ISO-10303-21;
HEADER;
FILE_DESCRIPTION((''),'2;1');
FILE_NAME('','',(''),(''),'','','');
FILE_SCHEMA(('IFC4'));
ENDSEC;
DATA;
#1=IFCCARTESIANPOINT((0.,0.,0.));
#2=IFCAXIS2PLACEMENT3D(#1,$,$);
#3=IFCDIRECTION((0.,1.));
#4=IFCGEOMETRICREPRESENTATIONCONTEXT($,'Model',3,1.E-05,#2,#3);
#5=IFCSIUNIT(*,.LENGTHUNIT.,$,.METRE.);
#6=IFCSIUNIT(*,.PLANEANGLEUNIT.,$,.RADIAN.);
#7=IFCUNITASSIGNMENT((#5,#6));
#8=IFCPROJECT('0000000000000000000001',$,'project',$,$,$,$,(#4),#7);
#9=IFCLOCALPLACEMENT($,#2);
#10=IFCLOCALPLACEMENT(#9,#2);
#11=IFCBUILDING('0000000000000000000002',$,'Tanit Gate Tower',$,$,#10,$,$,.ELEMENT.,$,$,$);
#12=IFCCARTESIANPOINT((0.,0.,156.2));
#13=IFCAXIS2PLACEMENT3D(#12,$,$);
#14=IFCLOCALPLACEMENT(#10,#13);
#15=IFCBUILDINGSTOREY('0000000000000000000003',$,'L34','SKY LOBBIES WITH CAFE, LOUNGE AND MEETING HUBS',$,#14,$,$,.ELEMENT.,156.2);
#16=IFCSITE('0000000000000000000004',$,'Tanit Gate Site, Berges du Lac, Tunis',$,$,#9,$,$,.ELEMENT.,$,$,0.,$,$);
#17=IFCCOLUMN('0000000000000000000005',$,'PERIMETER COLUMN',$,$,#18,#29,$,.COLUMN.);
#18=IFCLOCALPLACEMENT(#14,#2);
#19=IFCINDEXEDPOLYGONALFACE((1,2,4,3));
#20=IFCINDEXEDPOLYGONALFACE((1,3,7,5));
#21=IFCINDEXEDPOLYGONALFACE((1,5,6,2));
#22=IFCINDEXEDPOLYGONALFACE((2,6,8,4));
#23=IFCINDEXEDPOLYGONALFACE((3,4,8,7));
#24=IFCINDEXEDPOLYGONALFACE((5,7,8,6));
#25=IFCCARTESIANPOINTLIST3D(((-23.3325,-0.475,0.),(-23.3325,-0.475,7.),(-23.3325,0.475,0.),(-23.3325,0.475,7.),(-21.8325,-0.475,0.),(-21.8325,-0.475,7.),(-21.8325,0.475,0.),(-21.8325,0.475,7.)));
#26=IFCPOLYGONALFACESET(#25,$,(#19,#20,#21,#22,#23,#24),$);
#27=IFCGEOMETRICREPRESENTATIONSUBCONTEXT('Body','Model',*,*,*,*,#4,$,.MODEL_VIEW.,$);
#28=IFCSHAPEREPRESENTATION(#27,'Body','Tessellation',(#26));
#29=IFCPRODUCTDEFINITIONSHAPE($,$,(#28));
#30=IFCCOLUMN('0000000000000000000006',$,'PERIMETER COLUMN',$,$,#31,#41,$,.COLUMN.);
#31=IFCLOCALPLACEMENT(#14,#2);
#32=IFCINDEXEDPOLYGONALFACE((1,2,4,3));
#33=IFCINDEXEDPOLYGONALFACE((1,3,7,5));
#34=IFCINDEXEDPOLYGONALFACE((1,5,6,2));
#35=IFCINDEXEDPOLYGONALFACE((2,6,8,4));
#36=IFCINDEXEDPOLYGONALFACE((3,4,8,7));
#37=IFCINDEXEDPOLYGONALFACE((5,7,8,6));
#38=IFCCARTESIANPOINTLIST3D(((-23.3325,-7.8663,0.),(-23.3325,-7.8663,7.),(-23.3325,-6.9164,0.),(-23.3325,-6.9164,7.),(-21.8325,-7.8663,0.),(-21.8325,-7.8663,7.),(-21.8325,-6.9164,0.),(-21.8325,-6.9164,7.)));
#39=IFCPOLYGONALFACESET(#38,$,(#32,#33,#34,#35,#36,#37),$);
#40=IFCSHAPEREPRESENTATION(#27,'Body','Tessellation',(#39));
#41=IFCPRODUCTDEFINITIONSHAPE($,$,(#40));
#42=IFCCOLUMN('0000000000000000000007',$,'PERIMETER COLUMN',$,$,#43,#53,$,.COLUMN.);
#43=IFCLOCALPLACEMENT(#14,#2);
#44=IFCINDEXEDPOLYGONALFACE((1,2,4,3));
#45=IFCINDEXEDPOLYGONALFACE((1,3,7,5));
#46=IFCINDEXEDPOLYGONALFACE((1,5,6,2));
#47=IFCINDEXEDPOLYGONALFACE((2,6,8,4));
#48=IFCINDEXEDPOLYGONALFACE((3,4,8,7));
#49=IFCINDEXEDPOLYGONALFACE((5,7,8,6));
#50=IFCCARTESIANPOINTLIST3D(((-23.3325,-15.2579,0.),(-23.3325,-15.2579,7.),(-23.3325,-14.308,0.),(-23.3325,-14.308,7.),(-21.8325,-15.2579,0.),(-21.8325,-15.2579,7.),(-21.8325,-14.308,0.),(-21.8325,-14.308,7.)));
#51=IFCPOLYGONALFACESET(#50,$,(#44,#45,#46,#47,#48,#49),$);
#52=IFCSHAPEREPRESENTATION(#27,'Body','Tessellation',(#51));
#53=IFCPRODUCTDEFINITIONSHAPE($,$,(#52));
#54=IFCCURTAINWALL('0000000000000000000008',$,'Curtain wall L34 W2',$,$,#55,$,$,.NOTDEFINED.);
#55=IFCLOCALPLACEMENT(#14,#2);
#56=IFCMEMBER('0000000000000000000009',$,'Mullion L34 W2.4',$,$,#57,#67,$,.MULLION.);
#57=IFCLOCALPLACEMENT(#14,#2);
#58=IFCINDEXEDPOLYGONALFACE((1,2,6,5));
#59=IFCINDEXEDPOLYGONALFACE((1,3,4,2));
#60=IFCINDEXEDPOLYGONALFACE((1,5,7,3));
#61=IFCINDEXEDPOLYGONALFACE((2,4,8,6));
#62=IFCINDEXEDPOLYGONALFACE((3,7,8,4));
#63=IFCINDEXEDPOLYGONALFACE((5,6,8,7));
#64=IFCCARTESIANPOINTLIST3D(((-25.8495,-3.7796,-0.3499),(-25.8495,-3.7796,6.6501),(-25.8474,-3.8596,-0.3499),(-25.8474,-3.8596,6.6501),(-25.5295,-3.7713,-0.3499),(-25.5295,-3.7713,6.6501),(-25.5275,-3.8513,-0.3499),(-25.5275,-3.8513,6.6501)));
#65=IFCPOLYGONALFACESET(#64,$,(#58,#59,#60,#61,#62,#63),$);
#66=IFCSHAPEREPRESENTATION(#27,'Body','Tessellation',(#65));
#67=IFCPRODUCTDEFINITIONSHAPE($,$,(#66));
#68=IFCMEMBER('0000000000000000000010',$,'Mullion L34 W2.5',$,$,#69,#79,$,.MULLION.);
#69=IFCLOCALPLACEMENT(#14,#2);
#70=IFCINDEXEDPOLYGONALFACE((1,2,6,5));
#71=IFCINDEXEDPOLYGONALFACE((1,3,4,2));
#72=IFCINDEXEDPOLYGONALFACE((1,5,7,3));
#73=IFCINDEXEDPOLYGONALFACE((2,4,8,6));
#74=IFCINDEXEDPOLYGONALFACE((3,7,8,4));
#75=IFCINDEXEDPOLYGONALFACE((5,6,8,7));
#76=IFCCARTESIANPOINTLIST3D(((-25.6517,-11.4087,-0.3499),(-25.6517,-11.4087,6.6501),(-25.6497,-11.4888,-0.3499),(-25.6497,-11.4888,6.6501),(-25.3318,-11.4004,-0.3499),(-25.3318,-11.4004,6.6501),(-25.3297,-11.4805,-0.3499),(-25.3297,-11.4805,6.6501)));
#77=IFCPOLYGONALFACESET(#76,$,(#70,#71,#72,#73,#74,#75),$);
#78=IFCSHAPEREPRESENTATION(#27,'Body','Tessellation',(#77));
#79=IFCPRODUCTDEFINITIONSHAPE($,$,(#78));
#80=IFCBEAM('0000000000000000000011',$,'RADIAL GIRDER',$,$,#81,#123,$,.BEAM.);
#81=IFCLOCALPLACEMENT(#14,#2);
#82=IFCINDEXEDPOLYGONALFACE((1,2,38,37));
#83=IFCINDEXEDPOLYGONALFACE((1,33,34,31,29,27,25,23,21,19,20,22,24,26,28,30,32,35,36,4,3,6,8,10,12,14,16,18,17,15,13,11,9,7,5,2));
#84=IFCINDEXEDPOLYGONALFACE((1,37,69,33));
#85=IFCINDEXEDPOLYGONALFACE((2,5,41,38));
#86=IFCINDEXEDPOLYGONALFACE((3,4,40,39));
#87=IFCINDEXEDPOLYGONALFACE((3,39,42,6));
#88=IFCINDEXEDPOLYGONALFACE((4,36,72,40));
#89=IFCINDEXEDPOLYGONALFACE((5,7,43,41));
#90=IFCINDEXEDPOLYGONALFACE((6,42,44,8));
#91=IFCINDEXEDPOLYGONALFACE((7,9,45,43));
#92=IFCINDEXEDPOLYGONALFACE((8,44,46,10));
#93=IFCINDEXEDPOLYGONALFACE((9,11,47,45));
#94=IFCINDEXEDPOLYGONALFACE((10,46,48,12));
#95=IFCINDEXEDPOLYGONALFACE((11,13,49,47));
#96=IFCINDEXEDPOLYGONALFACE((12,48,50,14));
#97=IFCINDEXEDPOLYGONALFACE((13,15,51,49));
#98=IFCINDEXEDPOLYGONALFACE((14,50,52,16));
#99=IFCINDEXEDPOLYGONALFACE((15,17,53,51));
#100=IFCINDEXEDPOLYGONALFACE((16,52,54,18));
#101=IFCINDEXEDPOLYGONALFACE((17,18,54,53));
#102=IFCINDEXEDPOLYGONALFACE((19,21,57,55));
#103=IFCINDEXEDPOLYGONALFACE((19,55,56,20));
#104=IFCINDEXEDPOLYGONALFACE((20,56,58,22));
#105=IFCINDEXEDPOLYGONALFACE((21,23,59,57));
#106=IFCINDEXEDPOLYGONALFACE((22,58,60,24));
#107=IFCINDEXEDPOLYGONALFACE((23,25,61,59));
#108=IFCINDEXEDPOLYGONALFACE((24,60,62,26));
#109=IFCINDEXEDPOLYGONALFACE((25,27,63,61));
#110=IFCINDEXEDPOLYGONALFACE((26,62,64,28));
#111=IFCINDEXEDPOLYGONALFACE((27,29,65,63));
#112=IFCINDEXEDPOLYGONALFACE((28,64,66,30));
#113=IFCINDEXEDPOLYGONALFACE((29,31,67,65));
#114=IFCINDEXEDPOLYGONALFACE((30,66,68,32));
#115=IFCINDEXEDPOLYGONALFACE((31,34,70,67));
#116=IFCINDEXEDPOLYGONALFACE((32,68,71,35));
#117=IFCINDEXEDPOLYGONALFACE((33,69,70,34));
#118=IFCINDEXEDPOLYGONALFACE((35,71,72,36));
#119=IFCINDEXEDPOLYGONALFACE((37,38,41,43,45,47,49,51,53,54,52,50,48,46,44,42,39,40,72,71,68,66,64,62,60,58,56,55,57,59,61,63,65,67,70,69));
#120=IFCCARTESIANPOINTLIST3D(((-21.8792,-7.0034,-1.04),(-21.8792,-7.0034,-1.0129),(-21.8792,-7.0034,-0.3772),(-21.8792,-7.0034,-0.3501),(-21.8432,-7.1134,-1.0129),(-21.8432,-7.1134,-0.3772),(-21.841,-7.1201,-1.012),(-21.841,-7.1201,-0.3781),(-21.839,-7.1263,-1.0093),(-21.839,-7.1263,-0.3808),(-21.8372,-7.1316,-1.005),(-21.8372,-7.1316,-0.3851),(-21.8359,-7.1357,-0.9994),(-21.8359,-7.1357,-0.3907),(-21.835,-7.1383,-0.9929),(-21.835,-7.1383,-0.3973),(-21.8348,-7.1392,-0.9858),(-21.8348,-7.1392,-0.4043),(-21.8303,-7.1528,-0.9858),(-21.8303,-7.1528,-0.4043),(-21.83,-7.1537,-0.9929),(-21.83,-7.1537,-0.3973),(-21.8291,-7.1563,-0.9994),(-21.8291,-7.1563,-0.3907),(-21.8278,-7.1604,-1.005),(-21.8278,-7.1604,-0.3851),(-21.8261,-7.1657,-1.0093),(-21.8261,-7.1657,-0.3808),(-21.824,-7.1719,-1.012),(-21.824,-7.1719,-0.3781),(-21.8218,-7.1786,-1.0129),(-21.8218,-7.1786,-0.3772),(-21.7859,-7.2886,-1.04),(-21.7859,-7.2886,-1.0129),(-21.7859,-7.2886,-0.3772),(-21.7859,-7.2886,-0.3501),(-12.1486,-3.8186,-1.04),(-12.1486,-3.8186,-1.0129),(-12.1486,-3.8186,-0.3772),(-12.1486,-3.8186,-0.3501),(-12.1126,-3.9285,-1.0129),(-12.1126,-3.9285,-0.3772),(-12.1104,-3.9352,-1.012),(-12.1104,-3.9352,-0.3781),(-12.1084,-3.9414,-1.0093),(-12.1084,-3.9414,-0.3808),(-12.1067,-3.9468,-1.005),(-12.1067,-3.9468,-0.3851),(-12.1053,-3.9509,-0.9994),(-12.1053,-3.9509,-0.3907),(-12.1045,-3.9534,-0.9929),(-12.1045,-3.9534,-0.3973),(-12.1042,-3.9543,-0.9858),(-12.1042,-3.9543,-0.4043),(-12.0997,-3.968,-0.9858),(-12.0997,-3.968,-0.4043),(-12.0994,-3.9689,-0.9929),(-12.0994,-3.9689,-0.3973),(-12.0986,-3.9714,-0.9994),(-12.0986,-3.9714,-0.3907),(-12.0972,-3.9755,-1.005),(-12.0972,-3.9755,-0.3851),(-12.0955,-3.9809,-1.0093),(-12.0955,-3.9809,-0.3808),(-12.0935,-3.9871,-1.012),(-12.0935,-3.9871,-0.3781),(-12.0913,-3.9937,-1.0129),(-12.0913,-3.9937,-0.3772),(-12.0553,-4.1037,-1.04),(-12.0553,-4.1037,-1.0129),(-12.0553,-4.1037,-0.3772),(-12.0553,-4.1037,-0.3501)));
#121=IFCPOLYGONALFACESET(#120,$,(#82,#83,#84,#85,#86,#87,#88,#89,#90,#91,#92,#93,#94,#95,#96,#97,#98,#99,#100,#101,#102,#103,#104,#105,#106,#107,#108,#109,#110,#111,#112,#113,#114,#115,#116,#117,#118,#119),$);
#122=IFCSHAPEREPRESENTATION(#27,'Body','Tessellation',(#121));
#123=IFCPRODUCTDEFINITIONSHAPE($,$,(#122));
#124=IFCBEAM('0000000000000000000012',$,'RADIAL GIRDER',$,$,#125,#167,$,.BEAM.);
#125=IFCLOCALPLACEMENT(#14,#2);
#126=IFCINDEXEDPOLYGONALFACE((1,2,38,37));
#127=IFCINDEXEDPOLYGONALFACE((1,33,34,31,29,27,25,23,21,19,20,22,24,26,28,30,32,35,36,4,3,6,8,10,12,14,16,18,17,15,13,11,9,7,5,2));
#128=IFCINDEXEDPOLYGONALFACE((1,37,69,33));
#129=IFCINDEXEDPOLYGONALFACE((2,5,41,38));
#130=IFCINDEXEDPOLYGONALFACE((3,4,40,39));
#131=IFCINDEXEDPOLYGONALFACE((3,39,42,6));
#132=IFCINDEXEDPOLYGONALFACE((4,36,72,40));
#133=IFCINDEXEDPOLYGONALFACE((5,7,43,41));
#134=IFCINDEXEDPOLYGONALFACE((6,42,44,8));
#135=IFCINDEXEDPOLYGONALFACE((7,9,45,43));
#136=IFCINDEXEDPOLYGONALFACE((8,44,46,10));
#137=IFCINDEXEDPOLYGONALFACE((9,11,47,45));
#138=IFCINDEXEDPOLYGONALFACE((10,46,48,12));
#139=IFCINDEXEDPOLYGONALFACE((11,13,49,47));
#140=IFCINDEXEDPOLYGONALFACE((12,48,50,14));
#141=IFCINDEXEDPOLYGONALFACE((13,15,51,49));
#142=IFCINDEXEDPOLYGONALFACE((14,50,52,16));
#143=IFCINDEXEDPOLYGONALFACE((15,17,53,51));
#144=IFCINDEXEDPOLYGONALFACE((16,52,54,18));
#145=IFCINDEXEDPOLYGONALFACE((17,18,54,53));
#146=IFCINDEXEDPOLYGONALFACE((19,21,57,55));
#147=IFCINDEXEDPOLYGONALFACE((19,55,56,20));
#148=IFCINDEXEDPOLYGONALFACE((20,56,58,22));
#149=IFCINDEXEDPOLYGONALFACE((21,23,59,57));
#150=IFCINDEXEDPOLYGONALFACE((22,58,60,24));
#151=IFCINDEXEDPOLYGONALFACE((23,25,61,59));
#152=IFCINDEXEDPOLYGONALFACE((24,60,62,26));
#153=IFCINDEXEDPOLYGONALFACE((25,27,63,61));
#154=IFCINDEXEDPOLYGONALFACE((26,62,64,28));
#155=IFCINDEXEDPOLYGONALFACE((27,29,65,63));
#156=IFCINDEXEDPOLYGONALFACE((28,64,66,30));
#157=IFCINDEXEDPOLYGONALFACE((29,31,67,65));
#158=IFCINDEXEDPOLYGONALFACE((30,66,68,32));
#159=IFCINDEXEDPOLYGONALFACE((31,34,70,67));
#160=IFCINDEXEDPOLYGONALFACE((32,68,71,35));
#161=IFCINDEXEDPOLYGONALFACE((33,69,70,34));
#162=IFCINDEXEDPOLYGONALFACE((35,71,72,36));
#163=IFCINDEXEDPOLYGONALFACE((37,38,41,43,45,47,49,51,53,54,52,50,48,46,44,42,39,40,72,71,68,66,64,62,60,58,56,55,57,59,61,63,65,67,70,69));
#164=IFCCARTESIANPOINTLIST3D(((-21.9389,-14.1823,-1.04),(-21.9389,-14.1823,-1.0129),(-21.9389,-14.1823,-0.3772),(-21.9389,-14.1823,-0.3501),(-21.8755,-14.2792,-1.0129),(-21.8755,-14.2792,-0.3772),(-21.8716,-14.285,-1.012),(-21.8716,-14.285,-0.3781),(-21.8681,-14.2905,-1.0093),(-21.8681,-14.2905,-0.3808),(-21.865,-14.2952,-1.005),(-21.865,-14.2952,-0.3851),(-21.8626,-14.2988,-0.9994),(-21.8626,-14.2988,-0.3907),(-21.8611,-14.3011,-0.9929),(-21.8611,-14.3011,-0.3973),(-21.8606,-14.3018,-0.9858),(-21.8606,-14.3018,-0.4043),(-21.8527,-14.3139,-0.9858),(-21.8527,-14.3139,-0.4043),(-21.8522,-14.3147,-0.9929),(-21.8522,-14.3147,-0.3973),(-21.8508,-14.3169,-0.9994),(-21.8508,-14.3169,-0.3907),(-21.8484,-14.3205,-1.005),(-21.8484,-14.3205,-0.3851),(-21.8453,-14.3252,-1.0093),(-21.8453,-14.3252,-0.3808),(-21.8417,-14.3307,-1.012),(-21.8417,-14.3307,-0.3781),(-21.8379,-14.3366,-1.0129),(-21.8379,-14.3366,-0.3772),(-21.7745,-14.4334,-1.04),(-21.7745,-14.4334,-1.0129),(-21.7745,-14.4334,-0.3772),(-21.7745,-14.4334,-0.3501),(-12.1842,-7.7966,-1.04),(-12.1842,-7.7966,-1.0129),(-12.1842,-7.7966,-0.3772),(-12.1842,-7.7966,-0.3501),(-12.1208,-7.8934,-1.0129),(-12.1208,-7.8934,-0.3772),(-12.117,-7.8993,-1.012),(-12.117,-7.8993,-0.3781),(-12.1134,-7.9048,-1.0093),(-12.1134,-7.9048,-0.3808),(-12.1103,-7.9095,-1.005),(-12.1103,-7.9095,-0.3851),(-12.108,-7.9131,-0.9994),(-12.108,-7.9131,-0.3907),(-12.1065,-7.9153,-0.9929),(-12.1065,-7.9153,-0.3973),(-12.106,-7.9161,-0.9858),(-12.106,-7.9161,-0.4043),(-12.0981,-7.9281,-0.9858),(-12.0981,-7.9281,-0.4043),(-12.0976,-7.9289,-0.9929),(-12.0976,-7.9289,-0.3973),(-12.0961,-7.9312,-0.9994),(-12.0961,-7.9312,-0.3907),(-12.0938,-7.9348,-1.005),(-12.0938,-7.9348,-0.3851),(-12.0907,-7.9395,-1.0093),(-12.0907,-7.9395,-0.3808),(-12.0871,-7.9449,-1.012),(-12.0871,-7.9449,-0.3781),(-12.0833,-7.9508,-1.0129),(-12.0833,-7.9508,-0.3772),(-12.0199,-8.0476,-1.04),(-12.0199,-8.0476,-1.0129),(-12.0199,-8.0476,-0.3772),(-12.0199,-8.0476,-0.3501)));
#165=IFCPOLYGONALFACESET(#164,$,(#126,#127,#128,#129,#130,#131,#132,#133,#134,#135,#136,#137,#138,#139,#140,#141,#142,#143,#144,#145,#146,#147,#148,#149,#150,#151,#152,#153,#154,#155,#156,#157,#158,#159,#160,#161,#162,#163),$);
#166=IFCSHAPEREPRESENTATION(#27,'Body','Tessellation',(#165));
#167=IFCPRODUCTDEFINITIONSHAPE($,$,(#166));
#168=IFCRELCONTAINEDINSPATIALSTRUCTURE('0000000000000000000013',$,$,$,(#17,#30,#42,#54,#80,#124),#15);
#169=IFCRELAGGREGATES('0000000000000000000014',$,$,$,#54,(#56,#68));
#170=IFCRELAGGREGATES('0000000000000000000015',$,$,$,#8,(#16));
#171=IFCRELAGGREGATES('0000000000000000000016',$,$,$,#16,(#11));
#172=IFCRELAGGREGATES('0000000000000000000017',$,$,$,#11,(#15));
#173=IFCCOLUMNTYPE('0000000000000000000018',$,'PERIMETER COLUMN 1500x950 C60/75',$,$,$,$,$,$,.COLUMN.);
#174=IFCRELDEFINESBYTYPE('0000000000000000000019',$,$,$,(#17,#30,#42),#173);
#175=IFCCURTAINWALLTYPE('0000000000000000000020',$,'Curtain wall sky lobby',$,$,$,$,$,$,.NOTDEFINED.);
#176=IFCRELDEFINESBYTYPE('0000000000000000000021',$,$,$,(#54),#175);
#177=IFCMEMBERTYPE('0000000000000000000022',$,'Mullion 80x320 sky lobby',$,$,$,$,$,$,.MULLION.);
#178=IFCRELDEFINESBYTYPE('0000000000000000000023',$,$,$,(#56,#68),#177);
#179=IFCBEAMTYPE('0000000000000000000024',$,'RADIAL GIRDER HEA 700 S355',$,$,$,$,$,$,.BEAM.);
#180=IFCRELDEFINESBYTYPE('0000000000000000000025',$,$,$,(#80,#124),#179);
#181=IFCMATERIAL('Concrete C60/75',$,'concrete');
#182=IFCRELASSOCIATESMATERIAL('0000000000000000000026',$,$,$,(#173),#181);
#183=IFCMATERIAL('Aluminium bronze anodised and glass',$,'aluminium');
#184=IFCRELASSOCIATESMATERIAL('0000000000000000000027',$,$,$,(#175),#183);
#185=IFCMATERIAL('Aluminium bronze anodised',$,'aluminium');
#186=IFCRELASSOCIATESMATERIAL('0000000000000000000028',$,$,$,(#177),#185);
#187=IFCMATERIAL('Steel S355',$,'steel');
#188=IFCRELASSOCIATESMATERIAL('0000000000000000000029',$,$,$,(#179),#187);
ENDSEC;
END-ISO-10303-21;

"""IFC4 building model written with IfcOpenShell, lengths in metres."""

from ifc_helpers import new_model, si_unit, direction, frame, origin, origin_2d, place, context, subcontext, project, spatial, rectangle, i_section, extrude, material, material_profile, profile_set, type_object, element, aggregate, save


model = new_model("IFC4")

# Units and contexts
model_context = context("Model", 3, precision=1e-05, world=origin(), true_north=direction((0.0, 1.0)))
body_context = subcontext(model_context, "Body", "Model", "MODEL_VIEW")
ifc_project = project(units=[si_unit("LENGTHUNIT", "METRE"), si_unit("PLANEANGLEUNIT", "RADIAN")], contexts=[model_context])

# Site, building, storey
site_placement = place(None, origin())
site = spatial("IfcSite", under=ifc_project, at=site_placement, Name="Tanit Gate Site, Berges du Lac, Tunis", CompositionType="ELEMENT", RefElevation=0.0)
building_placement = place(site_placement, origin())
building = spatial("IfcBuilding", under=site, at=building_placement, Name="Tanit Gate Tower", CompositionType="ELEMENT")
storey_placement = place(building_placement, frame((0.0, 0.0, 156.2)))
storey = spatial("IfcBuildingStorey", under=building, at=storey_placement, Name="L34", Description="SKY LOBBIES WITH CAFE, LOUNGE AND MEETING HUBS", CompositionType="ELEMENT", Elevation=156.2)

# Columns
ifc_material_1 = material(Name="Concrete C60/75", Category="concrete")
ifc_material_profile_1 = material_profile(ifc_material_1, rectangle(XDim=1.5, YDim=0.95, at=origin_2d()), Name="RC 1500x950")
ifc_profile_set_1 = profile_set([ifc_material_profile_1], Name="Concrete C60/75")
column_type = type_object("IfcColumnType", Name="PERIMETER COLUMN 1500x950 C60/75", PredefinedType="COLUMN", material=ifc_profile_set_1)
for number, where, z_axis, x_axis, name in (
    (1, (-22.5825, 0.0, 0.0), (0.0, 0.0, 1.0), (-1.0, 0.0, 0.0), "PERIMETER COLUMN"),
    (2, (-22.5825, -7.3914, 0.0), (0.0, 0.0, 1.0), (-1.0, 0.0, 0.0), "PERIMETER COLUMN"),
    (3, (-22.5825, -14.783, 0.0), (0.0, 0.0, 1.0), (-1.0, 0.0, 0.0), "PERIMETER COLUMN"),
):
    element("IfcColumn", number, at=place(storey_placement, frame(where, z_axis=z_axis, x_axis=x_axis)), inside=storey, type_object=column_type, Name=name, PredefinedType="COLUMN", context=body_context, shape_type="SweptSolid", body=[
        extrude(rectangle(XDim=1.5, YDim=0.95, at=origin_2d()), origin(), (0.0, 0.0, 1.0), 7.0),
    ])

# Curtain wall, members
ifc_material_2 = material(Name="Aluminium bronze anodised and glass", Category="aluminium")
curtain_wall_type = type_object("IfcCurtainWallType", Name="Curtain wall sky lobby", PredefinedType="NOTDEFINED", material=ifc_material_2)
curtain_wall_placement = place(storey_placement, origin())
curtain_wall = element("IfcCurtainWall", 4, at=curtain_wall_placement, inside=storey, type_object=curtain_wall_type, Name="Curtain wall L34 W2", PredefinedType="NOTDEFINED")
ifc_material_3 = material(Name="Aluminium bronze anodised", Category="aluminium")
ifc_material_profile_2 = material_profile(ifc_material_3, rectangle(XDim=0.3201, YDim=0.0801, at=origin_2d()), Name="80x320 bronze mullion")
ifc_profile_set_2 = profile_set([ifc_material_profile_2], Name="Aluminium bronze anodised")
member_type_1 = type_object("IfcMemberType", Name="Mullion 80x320 sky lobby", PredefinedType="MULLION", material=ifc_profile_set_2)
member_1_placement = place(storey_placement, frame((-25.6885, -3.8154, -0.3499), z_axis=(0.0, 0.0, 1.0), x_axis=(0.999664, 0.025924, 0.0)))
member_1 = element("IfcMember", 5, at=member_1_placement, type_object=member_type_1, Name="Mullion L34 W2.4", PredefinedType="MULLION", context=body_context, shape_type="SweptSolid", body=[
    extrude(rectangle(XDim=0.3201, YDim=0.0801, at=origin_2d()), origin(), (0.0, 0.0, 1.0), 7.0),
])
member_2_placement = place(storey_placement, frame((-25.4907, -11.4446, -0.3499), z_axis=(0.0, 0.0, 1.0), x_axis=(0.999664, 0.025924, 0.0)))
member_2 = element("IfcMember", 6, at=member_2_placement, type_object=member_type_1, Name="Mullion L34 W2.5", PredefinedType="MULLION", context=body_context, shape_type="SweptSolid", body=[
    extrude(rectangle(XDim=0.3201, YDim=0.0801, at=origin_2d()), origin(), (0.0, 0.0, 1.0), 7.0),
])

# Beams
ifc_material_4 = material(Name="Steel S355", Category="steel")
ifc_material_profile_3 = material_profile(ifc_material_4, i_section(OverallWidth=0.3, OverallDepth=0.6899, WebThickness=0.0144, FlangeThickness=0.0271, FilletRadius=0.0271, at=origin_2d()), Name="HEA 700")
ifc_profile_set_3 = profile_set([ifc_material_profile_3], Name="Steel S355")
beam_type_1 = type_object("IfcBeamType", Name="RADIAL GIRDER HEA 700 S355", PredefinedType="BEAM", material=ifc_profile_set_3)
beam_1_placement = place(storey_placement, frame((-21.8325, -7.146, -0.6951), z_axis=(0.950389, 0.311065, 0.0), x_axis=(-0.311065, 0.950389, 0.0)))
element("IfcBeam", 7, at=beam_1_placement, inside=storey, type_object=beam_type_1, Name="RADIAL GIRDER", PredefinedType="BEAM", context=body_context, shape_type="SweptSolid", body=[
    extrude(i_section(OverallWidth=0.3, OverallDepth=0.6899, WebThickness=0.0144, FlangeThickness=0.0271, FilletRadius=0.0271, at=origin_2d()), origin(), (0.0, 0.0, 1.0), 10.2385),
])
beam_2_placement = place(storey_placement, frame((-21.8567, -14.3079, -0.6951), z_axis=(0.836667, 0.547712, 0.0), x_axis=(-0.547712, 0.836667, 0.0)))
element("IfcBeam", 8, at=beam_2_placement, inside=storey, type_object=beam_type_1, Name="RADIAL GIRDER", PredefinedType="BEAM", context=body_context, shape_type="SweptSolid", body=[
    extrude(i_section(OverallWidth=0.3, OverallDepth=0.6899, WebThickness=0.0144, FlangeThickness=0.0271, FilletRadius=0.0271, at=origin_2d()), origin(), (0.0, 0.0, 1.0), 11.6589),
])

aggregate(curtain_wall, [member_1, member_2])

save(model, "model.ifc")
